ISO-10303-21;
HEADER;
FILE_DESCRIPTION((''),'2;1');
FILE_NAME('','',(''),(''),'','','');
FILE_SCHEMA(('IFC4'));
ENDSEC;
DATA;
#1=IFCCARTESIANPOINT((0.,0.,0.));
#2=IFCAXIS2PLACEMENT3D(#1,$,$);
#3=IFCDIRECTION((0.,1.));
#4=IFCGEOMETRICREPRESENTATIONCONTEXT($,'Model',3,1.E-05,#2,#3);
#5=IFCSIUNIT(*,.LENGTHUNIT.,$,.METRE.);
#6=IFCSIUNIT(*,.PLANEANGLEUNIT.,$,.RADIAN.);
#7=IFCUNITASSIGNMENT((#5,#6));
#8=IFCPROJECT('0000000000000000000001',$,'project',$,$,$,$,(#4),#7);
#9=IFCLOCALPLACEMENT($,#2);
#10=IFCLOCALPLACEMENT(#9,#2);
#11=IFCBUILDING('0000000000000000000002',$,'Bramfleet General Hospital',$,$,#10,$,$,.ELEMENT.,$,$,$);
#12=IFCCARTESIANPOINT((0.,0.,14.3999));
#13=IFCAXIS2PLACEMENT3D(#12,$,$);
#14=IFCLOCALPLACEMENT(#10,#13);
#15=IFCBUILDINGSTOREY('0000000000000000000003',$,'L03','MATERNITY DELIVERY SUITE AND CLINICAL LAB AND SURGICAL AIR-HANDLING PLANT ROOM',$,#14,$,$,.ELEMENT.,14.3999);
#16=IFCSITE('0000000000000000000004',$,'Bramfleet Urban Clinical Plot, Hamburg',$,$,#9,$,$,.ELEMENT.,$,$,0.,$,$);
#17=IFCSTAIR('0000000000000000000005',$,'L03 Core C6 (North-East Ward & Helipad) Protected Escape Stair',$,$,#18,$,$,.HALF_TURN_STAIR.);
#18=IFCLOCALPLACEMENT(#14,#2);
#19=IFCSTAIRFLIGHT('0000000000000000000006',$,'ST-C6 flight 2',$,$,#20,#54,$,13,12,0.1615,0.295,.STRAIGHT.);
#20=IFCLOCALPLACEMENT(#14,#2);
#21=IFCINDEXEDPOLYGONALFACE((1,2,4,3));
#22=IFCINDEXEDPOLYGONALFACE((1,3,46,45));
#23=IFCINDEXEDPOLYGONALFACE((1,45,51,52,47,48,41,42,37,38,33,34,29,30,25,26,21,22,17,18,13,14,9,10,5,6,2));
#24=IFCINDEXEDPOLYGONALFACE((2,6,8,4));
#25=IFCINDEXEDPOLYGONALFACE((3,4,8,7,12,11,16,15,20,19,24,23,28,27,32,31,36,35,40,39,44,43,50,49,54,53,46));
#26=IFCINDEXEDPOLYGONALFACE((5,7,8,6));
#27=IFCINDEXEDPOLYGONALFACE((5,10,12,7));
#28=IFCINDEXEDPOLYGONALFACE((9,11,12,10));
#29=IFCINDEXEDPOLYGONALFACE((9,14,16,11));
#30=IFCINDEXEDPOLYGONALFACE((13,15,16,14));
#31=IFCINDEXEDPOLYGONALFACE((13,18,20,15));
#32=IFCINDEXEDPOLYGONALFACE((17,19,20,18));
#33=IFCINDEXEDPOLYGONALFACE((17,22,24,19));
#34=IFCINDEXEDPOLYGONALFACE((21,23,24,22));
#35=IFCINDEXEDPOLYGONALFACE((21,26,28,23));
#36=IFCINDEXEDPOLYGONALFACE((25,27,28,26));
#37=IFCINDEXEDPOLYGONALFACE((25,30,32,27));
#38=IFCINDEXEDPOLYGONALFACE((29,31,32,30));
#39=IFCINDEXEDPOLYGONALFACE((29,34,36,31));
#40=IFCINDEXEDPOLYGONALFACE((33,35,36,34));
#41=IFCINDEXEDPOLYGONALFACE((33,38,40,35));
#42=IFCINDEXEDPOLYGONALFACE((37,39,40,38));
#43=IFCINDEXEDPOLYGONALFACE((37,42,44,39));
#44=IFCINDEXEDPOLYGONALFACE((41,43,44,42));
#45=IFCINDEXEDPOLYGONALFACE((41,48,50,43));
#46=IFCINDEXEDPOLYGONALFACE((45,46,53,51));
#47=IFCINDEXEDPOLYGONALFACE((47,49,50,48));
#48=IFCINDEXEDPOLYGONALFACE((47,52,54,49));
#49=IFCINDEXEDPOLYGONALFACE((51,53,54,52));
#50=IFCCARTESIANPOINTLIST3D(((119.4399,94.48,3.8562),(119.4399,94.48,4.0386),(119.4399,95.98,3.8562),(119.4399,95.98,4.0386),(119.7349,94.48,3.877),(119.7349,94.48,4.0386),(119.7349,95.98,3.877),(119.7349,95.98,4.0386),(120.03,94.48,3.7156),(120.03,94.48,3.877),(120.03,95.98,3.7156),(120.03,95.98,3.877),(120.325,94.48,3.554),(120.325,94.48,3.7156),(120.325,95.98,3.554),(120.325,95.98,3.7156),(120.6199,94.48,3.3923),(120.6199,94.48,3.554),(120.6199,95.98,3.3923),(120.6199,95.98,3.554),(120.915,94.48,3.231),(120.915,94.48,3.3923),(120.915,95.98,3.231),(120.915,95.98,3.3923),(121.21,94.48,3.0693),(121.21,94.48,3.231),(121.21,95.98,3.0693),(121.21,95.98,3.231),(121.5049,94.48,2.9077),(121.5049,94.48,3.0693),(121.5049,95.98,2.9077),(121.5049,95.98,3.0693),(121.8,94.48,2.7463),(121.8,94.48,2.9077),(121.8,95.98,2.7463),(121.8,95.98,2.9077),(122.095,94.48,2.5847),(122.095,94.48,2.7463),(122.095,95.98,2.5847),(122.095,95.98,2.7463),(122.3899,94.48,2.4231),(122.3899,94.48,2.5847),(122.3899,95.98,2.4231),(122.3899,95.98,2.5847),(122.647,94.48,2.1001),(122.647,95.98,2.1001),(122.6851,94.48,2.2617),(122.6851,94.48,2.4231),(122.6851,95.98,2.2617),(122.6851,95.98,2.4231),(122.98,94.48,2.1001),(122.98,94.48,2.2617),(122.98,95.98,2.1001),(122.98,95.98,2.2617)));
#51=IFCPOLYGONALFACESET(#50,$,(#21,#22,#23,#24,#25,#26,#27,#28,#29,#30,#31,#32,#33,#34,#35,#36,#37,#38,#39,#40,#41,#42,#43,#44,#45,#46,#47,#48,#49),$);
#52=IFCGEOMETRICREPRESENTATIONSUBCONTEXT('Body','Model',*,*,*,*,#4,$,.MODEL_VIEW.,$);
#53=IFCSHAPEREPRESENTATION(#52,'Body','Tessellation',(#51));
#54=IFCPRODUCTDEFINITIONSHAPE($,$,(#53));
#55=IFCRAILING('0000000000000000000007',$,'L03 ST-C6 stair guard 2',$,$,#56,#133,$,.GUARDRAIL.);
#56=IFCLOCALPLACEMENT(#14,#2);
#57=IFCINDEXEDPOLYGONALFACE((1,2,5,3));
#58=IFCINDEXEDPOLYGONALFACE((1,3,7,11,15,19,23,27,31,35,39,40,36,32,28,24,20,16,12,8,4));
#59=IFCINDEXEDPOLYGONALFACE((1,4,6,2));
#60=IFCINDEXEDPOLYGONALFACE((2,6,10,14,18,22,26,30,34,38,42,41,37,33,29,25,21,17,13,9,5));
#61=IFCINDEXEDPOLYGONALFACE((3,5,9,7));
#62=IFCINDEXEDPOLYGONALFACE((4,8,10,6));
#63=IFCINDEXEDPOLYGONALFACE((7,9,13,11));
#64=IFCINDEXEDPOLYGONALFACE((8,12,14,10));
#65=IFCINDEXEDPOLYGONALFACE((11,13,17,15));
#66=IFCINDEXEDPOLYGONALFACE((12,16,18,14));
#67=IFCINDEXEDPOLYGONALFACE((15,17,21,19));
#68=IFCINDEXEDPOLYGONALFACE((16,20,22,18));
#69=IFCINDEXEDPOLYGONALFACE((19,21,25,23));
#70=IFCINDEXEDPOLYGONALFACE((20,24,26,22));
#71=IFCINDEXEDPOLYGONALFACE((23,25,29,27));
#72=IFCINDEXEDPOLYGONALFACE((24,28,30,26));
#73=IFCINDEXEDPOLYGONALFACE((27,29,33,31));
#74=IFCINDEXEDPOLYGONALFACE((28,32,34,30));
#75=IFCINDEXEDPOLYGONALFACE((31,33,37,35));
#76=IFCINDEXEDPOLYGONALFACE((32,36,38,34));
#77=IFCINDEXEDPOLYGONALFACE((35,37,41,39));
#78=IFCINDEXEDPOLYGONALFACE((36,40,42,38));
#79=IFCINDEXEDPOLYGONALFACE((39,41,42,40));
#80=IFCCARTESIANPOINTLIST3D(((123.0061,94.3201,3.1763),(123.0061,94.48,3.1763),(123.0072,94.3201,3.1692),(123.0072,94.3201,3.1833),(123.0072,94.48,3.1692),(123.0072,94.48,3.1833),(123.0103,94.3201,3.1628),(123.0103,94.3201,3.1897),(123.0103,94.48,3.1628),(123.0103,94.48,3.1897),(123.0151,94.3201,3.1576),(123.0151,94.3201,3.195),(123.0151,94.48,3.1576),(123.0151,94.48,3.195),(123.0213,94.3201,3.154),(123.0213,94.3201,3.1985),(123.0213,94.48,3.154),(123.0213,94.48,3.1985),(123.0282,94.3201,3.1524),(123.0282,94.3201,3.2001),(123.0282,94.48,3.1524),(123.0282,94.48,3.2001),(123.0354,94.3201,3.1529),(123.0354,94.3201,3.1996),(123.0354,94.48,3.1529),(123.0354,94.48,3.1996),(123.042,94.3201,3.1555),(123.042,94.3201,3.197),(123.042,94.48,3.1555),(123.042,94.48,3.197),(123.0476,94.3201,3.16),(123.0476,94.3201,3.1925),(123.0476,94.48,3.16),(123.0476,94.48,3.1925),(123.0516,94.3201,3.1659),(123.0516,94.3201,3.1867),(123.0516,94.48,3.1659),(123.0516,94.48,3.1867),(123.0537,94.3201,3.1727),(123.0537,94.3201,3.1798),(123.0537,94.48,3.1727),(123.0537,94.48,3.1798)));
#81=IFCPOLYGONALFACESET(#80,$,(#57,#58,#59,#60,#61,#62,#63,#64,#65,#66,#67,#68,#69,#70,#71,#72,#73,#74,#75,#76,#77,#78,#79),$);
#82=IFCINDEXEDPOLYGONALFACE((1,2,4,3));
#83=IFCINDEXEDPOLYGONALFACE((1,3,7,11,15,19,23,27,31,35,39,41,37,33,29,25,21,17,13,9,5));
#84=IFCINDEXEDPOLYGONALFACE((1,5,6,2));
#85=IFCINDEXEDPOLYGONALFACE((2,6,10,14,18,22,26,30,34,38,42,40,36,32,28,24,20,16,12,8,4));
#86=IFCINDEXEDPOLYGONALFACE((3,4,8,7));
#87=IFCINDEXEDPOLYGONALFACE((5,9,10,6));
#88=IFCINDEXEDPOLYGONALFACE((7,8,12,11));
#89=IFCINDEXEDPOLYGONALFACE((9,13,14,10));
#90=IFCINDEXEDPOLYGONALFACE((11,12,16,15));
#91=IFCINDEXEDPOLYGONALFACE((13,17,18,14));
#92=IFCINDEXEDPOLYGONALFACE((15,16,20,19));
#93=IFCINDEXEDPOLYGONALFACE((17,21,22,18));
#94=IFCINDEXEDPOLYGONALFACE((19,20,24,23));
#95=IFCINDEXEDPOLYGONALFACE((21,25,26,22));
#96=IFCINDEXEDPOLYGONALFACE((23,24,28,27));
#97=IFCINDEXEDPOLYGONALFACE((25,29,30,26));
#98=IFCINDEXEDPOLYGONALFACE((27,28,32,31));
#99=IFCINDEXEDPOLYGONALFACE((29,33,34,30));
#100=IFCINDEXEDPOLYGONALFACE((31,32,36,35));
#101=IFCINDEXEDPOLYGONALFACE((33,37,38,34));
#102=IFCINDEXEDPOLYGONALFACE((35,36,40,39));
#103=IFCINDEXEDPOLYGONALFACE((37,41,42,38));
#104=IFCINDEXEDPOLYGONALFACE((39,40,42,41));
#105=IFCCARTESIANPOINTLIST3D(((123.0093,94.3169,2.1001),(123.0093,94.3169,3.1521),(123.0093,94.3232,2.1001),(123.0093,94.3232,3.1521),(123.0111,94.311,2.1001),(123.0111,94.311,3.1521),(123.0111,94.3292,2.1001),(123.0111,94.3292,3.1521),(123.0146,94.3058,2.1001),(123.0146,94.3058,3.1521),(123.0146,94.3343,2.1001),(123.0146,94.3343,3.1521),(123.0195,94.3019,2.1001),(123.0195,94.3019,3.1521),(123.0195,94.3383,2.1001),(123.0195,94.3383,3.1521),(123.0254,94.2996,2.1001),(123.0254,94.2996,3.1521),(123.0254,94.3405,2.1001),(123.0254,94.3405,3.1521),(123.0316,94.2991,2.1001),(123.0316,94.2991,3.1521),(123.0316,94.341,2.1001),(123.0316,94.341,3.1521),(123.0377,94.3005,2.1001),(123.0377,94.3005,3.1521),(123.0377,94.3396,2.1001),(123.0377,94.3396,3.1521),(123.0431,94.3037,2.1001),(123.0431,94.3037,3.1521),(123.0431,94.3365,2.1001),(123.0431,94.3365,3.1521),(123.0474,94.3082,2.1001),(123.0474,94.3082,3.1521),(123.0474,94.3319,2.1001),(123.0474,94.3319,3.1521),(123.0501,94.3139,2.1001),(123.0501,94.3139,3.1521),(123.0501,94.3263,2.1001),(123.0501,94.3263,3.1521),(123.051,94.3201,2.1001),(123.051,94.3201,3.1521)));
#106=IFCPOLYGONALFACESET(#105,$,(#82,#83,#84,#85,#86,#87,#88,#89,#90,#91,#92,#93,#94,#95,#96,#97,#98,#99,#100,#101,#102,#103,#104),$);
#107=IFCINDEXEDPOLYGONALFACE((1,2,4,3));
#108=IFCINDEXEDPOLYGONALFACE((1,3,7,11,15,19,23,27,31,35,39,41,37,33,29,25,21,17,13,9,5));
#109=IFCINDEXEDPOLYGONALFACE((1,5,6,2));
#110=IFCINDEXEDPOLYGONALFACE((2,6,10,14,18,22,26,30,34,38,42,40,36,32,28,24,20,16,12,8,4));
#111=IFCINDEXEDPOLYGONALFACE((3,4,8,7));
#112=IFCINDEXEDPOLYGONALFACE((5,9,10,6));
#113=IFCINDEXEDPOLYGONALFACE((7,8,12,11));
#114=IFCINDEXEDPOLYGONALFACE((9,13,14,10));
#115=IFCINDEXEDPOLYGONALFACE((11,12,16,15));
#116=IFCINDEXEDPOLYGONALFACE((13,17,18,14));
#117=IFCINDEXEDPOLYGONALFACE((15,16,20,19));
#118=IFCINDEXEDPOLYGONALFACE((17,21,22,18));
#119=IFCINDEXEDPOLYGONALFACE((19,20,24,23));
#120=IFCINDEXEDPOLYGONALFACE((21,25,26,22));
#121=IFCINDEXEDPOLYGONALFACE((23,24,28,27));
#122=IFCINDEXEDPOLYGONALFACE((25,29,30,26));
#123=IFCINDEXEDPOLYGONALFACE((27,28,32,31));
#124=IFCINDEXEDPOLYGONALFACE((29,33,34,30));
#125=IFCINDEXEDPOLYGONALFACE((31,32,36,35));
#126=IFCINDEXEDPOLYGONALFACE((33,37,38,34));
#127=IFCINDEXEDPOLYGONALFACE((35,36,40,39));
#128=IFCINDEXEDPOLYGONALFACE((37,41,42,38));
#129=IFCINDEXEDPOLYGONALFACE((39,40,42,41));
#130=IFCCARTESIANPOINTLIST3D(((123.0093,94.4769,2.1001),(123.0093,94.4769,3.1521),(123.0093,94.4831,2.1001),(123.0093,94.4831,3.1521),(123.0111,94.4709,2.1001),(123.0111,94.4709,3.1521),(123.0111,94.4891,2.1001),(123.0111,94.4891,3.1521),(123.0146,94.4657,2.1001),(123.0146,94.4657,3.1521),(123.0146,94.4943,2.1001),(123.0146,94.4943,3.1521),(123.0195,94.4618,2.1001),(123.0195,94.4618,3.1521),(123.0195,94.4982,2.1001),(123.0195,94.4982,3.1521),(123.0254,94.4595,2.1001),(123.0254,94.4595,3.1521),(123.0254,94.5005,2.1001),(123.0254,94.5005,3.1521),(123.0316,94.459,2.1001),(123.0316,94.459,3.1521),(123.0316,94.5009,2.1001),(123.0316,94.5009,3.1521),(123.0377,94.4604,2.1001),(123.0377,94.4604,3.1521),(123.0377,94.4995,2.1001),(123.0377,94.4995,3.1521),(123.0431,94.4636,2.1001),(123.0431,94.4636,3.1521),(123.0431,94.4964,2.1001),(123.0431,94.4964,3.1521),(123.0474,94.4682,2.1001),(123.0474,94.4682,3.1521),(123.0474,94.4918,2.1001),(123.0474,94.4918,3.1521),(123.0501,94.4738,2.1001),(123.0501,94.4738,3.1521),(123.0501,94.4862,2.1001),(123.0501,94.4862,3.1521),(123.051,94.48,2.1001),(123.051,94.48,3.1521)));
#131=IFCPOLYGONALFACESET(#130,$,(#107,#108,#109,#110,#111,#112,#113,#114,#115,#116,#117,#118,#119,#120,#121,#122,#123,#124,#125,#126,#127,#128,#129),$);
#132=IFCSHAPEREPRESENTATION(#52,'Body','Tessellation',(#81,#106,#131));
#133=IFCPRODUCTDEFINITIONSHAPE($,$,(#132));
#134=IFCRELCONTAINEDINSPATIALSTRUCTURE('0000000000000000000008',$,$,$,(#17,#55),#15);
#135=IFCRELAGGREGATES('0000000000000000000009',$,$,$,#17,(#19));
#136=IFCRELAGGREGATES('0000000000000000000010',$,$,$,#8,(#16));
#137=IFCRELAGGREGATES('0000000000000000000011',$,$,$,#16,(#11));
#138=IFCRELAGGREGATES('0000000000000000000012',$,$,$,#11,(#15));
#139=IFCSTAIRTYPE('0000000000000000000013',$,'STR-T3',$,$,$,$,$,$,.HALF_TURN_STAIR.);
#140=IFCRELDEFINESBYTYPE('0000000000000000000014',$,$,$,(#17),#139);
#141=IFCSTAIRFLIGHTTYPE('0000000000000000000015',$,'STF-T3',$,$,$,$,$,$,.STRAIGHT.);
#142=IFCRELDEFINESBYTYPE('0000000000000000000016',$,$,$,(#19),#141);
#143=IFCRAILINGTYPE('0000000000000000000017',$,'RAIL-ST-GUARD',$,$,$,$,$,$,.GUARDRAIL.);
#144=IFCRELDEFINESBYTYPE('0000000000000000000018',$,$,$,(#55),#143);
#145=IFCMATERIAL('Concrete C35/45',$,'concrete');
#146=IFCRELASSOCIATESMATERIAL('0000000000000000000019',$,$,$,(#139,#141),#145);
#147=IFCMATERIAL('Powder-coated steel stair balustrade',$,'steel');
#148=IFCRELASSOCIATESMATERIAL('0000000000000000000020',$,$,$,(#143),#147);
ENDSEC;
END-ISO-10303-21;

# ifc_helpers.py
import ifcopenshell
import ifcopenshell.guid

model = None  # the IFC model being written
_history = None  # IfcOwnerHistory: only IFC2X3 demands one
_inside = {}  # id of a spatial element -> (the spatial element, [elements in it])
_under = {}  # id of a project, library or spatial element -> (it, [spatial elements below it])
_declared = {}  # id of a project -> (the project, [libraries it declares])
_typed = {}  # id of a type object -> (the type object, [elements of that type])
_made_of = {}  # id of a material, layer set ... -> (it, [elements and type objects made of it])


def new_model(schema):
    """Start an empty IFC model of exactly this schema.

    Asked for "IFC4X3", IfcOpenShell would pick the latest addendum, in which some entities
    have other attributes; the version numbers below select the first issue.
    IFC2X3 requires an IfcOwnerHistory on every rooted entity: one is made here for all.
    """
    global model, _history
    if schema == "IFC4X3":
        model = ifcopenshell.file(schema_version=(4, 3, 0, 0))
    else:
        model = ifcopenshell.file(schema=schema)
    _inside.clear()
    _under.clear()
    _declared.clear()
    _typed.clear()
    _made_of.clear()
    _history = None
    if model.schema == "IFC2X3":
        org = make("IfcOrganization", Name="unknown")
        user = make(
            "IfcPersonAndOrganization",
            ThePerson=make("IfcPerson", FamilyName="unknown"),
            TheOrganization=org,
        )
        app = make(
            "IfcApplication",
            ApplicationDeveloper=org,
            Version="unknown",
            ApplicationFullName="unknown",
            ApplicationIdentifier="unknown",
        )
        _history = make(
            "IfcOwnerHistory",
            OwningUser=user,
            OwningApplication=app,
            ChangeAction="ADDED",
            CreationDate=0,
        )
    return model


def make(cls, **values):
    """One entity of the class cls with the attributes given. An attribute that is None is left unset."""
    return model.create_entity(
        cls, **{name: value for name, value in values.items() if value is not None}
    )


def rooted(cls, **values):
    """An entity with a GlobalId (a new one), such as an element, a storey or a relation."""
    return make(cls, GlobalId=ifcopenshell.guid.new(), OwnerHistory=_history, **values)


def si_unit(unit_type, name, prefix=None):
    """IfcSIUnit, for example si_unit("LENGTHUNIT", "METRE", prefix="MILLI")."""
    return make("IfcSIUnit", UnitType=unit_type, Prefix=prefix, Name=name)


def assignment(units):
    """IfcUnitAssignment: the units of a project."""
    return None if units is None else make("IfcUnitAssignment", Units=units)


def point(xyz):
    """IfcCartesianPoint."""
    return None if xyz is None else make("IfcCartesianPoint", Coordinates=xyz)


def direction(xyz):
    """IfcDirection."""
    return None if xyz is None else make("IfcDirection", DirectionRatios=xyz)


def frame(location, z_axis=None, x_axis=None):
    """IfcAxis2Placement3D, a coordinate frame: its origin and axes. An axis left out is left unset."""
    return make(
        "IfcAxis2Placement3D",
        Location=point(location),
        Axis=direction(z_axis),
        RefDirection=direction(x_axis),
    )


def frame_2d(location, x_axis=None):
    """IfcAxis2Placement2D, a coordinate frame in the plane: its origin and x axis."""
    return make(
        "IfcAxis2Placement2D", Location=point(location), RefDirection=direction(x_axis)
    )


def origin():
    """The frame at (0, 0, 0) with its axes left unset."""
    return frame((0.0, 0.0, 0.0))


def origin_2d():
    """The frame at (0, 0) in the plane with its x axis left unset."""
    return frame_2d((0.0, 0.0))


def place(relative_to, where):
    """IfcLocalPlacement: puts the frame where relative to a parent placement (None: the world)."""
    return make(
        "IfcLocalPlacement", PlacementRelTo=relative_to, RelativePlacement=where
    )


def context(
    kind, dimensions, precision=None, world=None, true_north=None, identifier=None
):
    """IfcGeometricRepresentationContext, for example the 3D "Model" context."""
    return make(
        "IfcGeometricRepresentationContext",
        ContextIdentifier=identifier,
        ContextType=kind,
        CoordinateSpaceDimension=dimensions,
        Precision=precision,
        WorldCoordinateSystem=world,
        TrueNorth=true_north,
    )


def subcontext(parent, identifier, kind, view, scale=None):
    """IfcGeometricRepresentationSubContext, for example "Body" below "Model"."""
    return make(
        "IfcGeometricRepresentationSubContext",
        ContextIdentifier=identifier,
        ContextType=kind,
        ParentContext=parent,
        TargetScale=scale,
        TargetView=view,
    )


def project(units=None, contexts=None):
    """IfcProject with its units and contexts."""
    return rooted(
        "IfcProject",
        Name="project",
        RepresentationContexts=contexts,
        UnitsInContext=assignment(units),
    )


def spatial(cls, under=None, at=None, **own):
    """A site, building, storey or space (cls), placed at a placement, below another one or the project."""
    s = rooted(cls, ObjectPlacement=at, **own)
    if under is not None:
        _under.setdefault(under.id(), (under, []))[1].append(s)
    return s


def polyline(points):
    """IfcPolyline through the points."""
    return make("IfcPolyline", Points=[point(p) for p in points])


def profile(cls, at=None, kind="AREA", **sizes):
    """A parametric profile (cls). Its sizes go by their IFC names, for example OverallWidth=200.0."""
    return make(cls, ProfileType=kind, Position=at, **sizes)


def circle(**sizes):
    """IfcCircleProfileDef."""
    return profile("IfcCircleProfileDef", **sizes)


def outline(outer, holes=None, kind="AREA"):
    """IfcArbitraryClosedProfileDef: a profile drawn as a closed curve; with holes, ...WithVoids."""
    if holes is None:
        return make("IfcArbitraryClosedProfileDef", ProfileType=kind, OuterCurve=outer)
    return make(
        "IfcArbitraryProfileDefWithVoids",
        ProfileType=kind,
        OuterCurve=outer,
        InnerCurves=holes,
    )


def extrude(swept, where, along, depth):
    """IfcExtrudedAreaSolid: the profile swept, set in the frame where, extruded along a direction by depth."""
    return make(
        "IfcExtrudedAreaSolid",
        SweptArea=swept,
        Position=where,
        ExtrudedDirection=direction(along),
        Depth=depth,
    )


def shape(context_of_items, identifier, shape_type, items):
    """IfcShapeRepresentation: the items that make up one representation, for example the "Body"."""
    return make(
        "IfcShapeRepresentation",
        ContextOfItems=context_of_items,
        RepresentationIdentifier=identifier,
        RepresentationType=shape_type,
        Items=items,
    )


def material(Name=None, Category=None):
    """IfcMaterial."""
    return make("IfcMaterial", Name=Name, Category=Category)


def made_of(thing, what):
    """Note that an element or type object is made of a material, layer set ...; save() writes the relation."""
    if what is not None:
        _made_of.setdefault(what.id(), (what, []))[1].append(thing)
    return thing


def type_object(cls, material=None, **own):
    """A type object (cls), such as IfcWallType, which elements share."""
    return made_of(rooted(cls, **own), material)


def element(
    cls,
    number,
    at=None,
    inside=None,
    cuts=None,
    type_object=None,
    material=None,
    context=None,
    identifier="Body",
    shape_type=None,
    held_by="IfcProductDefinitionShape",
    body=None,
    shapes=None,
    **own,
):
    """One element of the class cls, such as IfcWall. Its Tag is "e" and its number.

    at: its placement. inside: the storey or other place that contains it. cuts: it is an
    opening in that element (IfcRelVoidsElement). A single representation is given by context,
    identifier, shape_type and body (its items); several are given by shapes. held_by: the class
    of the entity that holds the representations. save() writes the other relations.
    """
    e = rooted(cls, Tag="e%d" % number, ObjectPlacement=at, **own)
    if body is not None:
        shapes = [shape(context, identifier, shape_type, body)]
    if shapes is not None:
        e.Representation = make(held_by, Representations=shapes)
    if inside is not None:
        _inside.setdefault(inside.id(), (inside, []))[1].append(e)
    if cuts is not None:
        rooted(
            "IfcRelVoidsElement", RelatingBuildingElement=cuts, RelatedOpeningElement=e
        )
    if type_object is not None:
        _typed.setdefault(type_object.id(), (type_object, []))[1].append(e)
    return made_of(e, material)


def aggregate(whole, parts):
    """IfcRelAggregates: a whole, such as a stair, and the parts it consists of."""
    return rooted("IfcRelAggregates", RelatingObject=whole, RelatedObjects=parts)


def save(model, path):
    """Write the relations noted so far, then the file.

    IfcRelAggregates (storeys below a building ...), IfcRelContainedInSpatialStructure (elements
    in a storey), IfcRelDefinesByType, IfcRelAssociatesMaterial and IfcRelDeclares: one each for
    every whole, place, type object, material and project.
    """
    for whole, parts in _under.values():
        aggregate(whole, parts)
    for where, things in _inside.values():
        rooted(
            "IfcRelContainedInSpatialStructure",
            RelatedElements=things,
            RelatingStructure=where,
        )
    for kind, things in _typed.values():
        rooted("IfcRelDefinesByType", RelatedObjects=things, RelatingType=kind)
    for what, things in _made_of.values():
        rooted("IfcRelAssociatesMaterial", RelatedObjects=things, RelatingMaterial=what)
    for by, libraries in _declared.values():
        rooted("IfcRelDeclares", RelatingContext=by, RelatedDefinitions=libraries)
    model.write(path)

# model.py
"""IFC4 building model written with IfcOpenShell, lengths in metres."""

from ifc_helpers import new_model, si_unit, direction, frame, origin, origin_2d, place, context, subcontext, project, spatial, polyline, circle, outline, extrude, material, type_object, element, aggregate, save


model = new_model("IFC4")

# Units and contexts
model_context = context("Model", 3, precision=1e-05, world=origin(), true_north=direction((0.0, 1.0)))
body_context = subcontext(model_context, "Body", "Model", "MODEL_VIEW")
ifc_project = project(units=[si_unit("LENGTHUNIT", "METRE"), si_unit("PLANEANGLEUNIT", "RADIAN")], contexts=[model_context])

# Site, building, storey
site_placement = place(None, origin())
site = spatial("IfcSite", under=ifc_project, at=site_placement, Name="Bramfleet Urban Clinical Plot, Hamburg", CompositionType="ELEMENT", RefElevation=0.0)
building_placement = place(site_placement, origin())
building = spatial("IfcBuilding", under=site, at=building_placement, Name="Bramfleet General Hospital", CompositionType="ELEMENT")
storey_placement = place(building_placement, frame((0.0, 0.0, 14.3999)))
storey = spatial("IfcBuildingStorey", under=building, at=storey_placement, Name="L03", Description="MATERNITY DELIVERY SUITE AND CLINICAL LAB AND SURGICAL AIR-HANDLING PLANT ROOM", CompositionType="ELEMENT", Elevation=14.3999)

# Shared definitions
ifc_material_1 = material(Name="Concrete C35/45", Category="concrete")

# Stair, stair flight
stair_type = type_object("IfcStairType", Name="STR-T3", PredefinedType="HALF_TURN_STAIR", material=ifc_material_1)
stair_placement = place(storey_placement, origin())
stair = element("IfcStair", 1, at=stair_placement, inside=storey, type_object=stair_type, Name="L03 Core C6 (North-East Ward & Helipad) Protected Escape Stair", PredefinedType="HALF_TURN_STAIR")
stair_flight_type = type_object("IfcStairFlightType", Name="STF-T3", PredefinedType="STRAIGHT", material=ifc_material_1)
stair_flight_placement = place(storey_placement, frame((122.98, 95.23, 2.1001), z_axis=(0.0, 0.0, 1.0), x_axis=(-1.0, 0.0, 0.0)))
stair_flight = element("IfcStairFlight", 2, at=stair_flight_placement, type_object=stair_flight_type, Name="ST-C6 flight 2", NumberOfRisers=13, NumberOfTreads=12, PredefinedType="STRAIGHT", RiserHeight=0.1615, TreadLength=0.295, context=body_context, shape_type="SweptSolid", body=[
    extrude(outline(polyline([(0.0, 0.0), (0.0, 0.1616), (0.2949, 0.1616), (0.2949, 0.323), (0.5901, 0.323), (0.5901, 0.4846), (0.885, 0.4846), (0.885, 0.6462), (1.1799, 0.6462), (1.1799, 0.8076), (1.4751, 0.8076), (1.4751, 0.9692), (1.77, 0.9692), (1.77, 1.1309), (2.0649, 1.1309), (2.0649, 1.2922), (2.3601, 1.2922), (2.3601, 1.4539), (2.655, 1.4539), (2.655, 1.6155), (2.95, 1.6155), (2.95, 1.7769), (3.2451, 1.7769), (3.2451, 1.9385), (3.54, 1.9385), (3.54, 2.1001), (3.54, 1.7561), (0.333, 0.0), (0.0, 0.0)])), frame((0.0, 0.75, 0.0), z_axis=(0.0, -1.0, 0.0), x_axis=(1.0, 0.0, 0.0)), (0.0, 0.0, 1.0), 1.5),
])
aggregate(stair, [stair_flight])

# Railing
ifc_material_2 = material(Name="Powder-coated steel stair balustrade", Category="steel")
railing_type_1 = type_object("IfcRailingType", Name="RAIL-ST-GUARD", PredefinedType="GUARDRAIL", material=ifc_material_2)
railing_1_placement = place(storey_placement, frame((123.03, 94.3201, 2.1001)))
element("IfcRailing", 3, at=railing_1_placement, inside=storey, type_object=railing_type_1, Name="L03 ST-C6 stair guard 2", PredefinedType="GUARDRAIL", context=body_context, shape_type="SweptSolid", body=[
    extrude(circle(Radius=0.0239, at=origin_2d()), frame((0.0, 0.0, 1.0762), z_axis=(0.0, 1.0, 0.0), x_axis=(-1.0, 0.0, 0.0)), (0.0, 0.0, 1.0), 0.1599),
    extrude(circle(Radius=0.021, at=origin_2d()), origin(), (0.0, 0.0, 1.0), 1.052),
    extrude(circle(Radius=0.021, at=origin_2d()), frame((0.0, 0.1599, 0.0)), (0.0, 0.0, 1.0), 1.052),
])

save(model, "model.ifc")
